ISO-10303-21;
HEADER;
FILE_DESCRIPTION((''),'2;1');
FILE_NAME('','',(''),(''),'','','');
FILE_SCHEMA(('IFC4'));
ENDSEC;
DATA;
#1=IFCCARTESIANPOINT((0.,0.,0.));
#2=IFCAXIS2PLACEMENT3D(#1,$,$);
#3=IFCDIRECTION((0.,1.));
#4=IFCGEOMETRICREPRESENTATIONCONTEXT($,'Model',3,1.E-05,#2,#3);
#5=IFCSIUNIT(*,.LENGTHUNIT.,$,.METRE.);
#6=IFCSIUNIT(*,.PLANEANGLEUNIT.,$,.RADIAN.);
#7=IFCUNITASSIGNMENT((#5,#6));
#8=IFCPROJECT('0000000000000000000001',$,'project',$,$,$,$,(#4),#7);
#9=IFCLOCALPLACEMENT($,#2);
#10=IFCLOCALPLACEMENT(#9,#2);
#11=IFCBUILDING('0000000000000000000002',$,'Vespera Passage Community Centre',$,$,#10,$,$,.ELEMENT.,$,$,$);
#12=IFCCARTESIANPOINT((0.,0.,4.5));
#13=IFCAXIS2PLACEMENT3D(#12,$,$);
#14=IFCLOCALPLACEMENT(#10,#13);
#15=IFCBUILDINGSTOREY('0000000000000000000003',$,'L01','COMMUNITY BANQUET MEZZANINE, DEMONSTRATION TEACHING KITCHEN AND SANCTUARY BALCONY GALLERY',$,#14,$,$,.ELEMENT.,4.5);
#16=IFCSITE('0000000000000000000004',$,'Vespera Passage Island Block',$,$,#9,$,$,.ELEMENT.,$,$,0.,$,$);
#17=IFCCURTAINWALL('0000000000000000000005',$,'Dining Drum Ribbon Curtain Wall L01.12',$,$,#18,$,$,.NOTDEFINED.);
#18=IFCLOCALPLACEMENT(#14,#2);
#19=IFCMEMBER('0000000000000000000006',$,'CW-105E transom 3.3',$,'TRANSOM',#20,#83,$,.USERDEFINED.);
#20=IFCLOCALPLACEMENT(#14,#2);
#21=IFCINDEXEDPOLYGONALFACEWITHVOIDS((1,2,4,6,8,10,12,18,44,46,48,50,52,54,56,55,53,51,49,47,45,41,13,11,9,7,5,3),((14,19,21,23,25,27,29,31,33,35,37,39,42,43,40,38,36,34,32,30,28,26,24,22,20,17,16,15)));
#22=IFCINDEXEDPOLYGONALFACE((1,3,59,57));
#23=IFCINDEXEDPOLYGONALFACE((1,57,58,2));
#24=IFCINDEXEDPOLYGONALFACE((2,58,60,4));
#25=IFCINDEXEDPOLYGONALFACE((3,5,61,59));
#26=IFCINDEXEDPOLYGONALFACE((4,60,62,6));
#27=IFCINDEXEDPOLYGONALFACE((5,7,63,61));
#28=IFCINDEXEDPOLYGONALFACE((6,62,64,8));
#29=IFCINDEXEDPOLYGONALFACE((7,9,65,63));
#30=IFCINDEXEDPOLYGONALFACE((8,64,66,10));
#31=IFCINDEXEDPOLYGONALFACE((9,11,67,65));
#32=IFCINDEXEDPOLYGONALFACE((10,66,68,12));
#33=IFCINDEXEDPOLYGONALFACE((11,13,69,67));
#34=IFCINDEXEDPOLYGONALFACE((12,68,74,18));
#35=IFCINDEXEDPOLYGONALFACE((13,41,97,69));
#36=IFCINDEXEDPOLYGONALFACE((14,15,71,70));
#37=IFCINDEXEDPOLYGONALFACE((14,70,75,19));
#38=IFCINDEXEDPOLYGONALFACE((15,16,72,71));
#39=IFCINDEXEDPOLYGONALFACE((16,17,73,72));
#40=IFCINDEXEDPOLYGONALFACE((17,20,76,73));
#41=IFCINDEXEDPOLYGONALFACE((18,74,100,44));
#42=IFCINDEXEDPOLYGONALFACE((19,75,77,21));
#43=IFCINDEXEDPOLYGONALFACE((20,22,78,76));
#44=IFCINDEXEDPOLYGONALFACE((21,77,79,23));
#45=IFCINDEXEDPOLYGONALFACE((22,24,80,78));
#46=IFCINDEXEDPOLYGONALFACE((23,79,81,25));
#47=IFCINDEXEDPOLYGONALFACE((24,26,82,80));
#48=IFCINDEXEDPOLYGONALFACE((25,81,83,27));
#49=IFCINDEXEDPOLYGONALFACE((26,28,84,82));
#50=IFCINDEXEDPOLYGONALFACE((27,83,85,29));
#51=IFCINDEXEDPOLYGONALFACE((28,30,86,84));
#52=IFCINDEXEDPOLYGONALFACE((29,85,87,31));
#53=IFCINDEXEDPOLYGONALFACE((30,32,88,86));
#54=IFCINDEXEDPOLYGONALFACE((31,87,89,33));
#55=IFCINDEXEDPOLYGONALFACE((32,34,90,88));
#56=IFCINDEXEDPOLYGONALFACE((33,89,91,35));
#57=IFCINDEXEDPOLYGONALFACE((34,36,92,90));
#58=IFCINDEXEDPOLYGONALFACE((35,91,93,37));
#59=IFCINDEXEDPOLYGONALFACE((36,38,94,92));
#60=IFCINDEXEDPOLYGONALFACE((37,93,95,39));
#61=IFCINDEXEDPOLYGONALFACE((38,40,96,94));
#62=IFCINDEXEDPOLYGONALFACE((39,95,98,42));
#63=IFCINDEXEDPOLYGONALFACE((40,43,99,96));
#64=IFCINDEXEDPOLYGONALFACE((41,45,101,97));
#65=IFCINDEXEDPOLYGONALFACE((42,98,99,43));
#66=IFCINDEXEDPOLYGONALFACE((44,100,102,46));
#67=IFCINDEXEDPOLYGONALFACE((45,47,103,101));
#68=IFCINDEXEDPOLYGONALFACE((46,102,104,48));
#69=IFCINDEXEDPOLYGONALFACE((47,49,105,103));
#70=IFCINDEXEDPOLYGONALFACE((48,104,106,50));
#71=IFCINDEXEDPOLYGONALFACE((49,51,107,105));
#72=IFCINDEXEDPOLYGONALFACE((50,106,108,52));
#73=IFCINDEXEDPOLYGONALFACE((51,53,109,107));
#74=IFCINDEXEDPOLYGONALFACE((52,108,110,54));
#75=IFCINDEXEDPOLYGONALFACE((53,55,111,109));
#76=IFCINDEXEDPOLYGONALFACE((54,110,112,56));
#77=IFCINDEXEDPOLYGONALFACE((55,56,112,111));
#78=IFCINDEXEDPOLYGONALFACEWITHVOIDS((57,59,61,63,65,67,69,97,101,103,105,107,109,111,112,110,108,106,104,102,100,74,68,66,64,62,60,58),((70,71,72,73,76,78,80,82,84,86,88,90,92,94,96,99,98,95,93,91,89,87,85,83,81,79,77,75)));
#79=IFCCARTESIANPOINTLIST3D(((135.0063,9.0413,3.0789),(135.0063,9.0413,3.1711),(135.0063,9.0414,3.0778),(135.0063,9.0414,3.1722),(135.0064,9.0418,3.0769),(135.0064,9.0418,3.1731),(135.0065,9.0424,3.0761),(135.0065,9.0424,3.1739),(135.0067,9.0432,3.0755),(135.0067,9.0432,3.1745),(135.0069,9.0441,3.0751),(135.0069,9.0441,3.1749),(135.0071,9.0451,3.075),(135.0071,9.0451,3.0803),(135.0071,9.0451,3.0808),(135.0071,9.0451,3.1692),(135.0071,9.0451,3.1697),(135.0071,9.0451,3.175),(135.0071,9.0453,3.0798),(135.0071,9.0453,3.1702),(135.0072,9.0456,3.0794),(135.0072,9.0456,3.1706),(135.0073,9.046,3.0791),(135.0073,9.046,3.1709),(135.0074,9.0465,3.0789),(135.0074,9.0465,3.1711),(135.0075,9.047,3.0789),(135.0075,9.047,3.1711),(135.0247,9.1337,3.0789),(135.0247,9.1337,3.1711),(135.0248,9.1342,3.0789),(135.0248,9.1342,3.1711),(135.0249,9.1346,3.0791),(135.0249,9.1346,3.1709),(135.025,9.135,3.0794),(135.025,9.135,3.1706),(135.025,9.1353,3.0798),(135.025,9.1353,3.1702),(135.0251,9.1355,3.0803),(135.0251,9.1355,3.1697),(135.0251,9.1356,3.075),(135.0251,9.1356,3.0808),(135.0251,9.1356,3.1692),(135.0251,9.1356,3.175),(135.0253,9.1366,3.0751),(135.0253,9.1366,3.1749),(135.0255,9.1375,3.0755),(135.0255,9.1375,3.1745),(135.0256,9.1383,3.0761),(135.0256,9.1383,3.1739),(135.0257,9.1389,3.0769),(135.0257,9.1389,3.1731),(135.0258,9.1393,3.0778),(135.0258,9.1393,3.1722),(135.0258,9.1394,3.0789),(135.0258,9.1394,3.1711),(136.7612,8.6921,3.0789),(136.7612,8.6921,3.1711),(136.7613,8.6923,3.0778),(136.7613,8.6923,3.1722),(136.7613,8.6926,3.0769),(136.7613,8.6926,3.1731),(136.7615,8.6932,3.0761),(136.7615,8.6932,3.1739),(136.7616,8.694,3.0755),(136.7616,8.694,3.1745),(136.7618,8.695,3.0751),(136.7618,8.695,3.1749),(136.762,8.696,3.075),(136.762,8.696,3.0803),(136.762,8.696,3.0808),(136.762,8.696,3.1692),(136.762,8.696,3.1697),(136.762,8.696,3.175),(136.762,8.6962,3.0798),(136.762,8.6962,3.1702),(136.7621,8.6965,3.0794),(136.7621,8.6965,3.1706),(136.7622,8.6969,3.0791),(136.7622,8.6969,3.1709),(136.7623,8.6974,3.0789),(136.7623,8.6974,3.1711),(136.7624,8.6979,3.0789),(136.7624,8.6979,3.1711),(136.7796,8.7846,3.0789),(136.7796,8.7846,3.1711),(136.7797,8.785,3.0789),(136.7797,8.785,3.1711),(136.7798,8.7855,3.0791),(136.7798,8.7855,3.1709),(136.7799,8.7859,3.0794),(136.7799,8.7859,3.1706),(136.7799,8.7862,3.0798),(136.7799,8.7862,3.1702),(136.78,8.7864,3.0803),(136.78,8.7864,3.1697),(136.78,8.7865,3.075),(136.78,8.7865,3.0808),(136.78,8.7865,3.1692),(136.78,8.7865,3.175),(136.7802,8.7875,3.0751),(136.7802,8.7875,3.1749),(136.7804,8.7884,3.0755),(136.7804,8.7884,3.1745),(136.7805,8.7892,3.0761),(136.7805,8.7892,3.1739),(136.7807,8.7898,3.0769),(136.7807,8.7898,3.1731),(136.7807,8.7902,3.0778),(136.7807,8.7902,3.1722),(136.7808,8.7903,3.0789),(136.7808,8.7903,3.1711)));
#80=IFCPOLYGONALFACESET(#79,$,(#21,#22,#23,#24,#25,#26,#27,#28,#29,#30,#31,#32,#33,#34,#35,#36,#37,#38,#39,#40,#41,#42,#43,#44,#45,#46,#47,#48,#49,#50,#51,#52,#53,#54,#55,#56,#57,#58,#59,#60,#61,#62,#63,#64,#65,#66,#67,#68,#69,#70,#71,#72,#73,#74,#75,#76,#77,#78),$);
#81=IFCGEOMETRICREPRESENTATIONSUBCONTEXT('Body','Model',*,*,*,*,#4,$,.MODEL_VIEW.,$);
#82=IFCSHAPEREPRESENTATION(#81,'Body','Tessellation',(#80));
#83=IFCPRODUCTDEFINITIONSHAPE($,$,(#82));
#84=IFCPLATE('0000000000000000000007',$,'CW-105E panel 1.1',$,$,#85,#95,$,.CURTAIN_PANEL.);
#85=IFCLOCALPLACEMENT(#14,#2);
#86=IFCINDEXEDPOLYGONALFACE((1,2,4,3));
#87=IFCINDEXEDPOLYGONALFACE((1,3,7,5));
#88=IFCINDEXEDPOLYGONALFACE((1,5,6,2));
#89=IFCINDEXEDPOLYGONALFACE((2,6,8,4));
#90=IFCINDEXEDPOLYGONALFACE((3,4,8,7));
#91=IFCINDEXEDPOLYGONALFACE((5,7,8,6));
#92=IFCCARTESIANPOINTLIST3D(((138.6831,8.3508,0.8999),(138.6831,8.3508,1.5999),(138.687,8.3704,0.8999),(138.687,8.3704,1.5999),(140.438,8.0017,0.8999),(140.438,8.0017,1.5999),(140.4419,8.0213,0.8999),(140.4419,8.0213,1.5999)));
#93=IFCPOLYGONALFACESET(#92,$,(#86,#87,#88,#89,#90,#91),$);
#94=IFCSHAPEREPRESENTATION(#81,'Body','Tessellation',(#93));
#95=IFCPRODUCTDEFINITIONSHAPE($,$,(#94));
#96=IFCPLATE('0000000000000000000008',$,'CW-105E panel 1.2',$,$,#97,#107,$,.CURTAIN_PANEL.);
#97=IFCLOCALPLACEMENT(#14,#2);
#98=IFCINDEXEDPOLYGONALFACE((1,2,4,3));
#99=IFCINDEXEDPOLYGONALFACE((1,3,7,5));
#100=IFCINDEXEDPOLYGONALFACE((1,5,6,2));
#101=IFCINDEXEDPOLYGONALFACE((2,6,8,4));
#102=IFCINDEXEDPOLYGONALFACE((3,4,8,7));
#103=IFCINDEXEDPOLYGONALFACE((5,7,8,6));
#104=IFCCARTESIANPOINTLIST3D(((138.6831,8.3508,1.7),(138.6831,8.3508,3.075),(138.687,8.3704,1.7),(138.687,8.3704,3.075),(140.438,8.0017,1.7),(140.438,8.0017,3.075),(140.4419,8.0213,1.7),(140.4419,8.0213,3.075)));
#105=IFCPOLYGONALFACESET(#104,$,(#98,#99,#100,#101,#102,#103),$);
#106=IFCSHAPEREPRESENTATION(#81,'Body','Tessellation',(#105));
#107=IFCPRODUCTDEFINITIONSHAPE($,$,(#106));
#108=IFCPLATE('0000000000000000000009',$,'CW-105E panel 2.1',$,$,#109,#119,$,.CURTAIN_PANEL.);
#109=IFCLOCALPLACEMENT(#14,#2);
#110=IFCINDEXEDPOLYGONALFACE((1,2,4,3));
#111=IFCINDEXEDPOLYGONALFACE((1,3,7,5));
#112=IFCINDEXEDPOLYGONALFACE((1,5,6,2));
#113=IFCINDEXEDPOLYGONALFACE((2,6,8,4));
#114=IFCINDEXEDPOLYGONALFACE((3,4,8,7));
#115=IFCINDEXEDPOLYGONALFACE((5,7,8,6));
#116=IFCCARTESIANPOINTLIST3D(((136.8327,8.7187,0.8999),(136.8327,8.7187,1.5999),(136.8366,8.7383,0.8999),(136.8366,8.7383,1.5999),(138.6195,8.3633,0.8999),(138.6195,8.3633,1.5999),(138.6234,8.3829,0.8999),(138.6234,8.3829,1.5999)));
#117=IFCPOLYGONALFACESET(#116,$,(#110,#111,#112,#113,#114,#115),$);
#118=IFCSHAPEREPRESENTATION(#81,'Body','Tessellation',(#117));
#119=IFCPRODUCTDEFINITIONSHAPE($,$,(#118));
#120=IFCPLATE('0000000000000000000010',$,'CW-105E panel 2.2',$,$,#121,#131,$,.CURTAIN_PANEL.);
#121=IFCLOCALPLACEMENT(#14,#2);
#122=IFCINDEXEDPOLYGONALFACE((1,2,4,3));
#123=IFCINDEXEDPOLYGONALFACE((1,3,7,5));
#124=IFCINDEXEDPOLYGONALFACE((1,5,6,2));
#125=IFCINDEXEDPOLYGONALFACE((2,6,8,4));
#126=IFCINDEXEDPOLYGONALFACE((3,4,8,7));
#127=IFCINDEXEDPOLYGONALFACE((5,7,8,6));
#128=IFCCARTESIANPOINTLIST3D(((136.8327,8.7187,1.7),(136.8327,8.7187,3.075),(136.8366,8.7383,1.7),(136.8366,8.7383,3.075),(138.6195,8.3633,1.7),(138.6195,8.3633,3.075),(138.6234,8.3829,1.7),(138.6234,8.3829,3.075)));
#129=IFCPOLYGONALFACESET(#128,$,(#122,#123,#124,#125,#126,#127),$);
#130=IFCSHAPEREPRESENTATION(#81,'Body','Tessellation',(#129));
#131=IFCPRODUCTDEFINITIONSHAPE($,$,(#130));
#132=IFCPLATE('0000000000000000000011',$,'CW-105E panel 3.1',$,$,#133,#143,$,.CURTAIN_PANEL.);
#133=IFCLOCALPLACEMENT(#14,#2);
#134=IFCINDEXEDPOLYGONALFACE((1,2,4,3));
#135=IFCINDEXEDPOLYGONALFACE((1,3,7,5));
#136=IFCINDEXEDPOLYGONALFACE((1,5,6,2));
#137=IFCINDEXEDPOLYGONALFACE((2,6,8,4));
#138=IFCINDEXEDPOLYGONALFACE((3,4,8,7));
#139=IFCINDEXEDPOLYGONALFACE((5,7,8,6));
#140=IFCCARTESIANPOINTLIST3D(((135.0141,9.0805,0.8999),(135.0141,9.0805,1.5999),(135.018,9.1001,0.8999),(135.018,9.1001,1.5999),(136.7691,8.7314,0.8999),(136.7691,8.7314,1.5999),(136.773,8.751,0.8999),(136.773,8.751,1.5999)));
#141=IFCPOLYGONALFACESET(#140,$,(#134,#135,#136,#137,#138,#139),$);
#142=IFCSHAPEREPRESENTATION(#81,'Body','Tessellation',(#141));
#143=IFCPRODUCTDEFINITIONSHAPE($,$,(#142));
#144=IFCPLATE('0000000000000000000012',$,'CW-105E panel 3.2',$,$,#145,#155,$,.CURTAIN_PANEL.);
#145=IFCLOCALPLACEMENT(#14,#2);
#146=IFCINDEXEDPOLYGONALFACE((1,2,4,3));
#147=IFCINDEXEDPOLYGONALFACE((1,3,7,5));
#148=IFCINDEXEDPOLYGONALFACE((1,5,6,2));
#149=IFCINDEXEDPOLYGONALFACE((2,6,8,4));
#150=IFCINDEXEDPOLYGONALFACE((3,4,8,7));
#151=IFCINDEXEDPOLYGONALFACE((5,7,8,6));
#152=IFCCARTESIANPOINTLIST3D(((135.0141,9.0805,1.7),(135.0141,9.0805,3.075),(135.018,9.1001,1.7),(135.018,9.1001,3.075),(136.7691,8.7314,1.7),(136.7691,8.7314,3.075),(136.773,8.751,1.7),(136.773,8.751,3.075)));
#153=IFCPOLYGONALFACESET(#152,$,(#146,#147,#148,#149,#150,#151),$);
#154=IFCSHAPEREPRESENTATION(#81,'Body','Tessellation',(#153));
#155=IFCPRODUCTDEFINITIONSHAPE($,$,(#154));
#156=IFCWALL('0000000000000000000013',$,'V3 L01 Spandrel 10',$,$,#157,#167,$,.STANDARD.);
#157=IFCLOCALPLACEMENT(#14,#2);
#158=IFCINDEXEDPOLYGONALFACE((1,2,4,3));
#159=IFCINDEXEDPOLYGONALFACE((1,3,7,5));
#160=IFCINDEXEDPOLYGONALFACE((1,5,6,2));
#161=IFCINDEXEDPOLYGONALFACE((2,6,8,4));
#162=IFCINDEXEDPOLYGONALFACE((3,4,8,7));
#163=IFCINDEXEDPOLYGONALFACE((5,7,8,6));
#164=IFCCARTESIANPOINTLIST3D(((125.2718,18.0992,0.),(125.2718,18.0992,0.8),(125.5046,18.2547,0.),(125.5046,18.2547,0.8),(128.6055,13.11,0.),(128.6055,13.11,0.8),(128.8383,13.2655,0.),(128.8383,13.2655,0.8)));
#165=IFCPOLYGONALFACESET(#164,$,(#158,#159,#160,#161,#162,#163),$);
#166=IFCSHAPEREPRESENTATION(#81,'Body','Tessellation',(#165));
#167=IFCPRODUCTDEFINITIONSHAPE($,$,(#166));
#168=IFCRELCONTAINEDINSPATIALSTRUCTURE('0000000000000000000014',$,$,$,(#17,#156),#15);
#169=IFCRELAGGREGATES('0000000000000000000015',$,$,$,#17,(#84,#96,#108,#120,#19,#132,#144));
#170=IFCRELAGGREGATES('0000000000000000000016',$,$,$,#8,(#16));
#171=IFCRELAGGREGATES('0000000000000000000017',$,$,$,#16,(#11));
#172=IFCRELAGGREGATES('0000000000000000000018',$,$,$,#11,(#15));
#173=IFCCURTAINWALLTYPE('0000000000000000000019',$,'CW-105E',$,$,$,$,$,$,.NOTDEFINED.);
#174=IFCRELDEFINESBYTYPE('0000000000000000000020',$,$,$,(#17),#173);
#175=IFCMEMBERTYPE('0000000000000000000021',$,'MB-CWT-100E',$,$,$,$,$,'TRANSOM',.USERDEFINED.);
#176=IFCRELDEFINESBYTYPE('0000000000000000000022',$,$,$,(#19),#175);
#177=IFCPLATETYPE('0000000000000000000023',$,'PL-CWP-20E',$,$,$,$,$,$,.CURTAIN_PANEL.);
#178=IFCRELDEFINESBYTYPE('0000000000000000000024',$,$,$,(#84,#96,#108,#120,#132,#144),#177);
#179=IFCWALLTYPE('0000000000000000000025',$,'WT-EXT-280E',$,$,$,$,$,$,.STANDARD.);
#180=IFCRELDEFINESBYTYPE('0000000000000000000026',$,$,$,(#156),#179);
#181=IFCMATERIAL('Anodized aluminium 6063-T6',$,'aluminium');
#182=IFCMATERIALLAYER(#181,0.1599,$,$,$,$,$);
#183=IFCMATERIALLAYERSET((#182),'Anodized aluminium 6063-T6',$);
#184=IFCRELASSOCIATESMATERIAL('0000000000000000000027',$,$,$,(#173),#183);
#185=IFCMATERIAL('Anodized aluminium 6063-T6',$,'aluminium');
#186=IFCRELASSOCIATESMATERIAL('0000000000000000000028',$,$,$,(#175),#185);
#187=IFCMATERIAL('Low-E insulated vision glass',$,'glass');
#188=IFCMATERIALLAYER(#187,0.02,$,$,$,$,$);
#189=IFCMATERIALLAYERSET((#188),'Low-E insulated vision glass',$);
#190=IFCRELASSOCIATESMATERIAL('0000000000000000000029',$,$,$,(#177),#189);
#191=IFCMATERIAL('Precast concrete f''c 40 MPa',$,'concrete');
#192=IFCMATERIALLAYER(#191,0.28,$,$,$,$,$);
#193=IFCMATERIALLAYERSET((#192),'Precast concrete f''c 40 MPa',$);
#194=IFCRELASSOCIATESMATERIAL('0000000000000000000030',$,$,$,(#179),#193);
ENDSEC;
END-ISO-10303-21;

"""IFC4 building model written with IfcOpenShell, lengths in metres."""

from ifc_helpers import new_model, si_unit, direction, frame, frame_2d, origin, origin_2d, place, context, subcontext, project, spatial, rectangle, hollow_rectangle, extrude, material, layer, layer_set, material_profile, profile_set, type_object, element, aggregate, save


model = new_model("IFC4")

# Units and contexts
model_context = context("Model", 3, precision=1e-05, world=origin(), true_north=direction((0.0, 1.0)))
body_context = subcontext(model_context, "Body", "Model", "MODEL_VIEW")
ifc_project = project(units=[si_unit("LENGTHUNIT", "METRE"), si_unit("PLANEANGLEUNIT", "RADIAN")], contexts=[model_context])

# Site, building, storey
site_placement = place(None, origin())
site = spatial("IfcSite", under=ifc_project, at=site_placement, Name="Vespera Passage Island Block", CompositionType="ELEMENT", RefElevation=0.0)
building_placement = place(site_placement, origin())
building = spatial("IfcBuilding", under=site, at=building_placement, Name="Vespera Passage Community Centre", CompositionType="ELEMENT")
storey_placement = place(building_placement, frame((0.0, 0.0, 4.5)))
storey = spatial("IfcBuildingStorey", under=building, at=storey_placement, Name="L01", Description="COMMUNITY BANQUET MEZZANINE, DEMONSTRATION TEACHING KITCHEN AND SANCTUARY BALCONY GALLERY", CompositionType="ELEMENT", Elevation=4.5)

# Curtain wall, member, plates
ifc_material_1 = material(Name="Anodized aluminium 6063-T6", Category="aluminium")
ifc_layer_1 = layer(ifc_material_1, 0.1599)
ifc_layer_set_1 = layer_set([ifc_layer_1], Name="Anodized aluminium 6063-T6")
curtain_wall_type = type_object("IfcCurtainWallType", Name="CW-105E", PredefinedType="NOTDEFINED", material=ifc_layer_set_1)
curtain_wall_placement = place(storey_placement, origin())
curtain_wall = element("IfcCurtainWall", 1, at=curtain_wall_placement, inside=storey, type_object=curtain_wall_type, Name="Dining Drum Ribbon Curtain Wall L01.12", PredefinedType="NOTDEFINED")
ifc_material_2 = material(Name="Anodized aluminium 6063-T6", Category="aluminium")
ifc_material_profile_1 = material_profile(ifc_material_2, hollow_rectangle(XDim=0.1001, YDim=0.1001, WallThickness=0.0039, InnerFilletRadius=0.002, OuterFilletRadius=0.0039, at=origin_2d()), Name="ALU100X100X4")
ifc_profile_set_1 = profile_set([ifc_material_profile_1], Name="Anodized aluminium 6063-T6")
member_type_1 = type_object("IfcMemberType", Name="MB-CWT-100E", ElementType="TRANSOM", PredefinedType="USERDEFINED", material=ifc_profile_set_1)
member_1_placement = place(storey_placement, frame((136.771, 8.7412, 3.125), z_axis=(-0.98078, 0.195119, 0.0), x_axis=(-0.195119, -0.98078, 0.0)))
member_1 = element("IfcMember", 2, at=member_1_placement, type_object=member_type_1, Name="CW-105E transom 3.3", ObjectType="TRANSOM", PredefinedType="USERDEFINED", context=body_context, shape_type="SweptSolid", body=[
    extrude(hollow_rectangle(XDim=0.1001, YDim=0.1001, WallThickness=0.0039, InnerFilletRadius=0.002, OuterFilletRadius=0.0039, at=origin_2d()), origin(), (0.0, 0.0, 1.0), 1.7893),
])
ifc_material_3 = material(Name="Low-E insulated vision glass", Category="glass")
ifc_layer_2 = layer(ifc_material_3, 0.02)
ifc_layer_set_2 = layer_set([ifc_layer_2], Name="Low-E insulated vision glass")
plate_type = type_object("IfcPlateType", Name="PL-CWP-20E", PredefinedType="CURTAIN_PANEL", material=ifc_layer_set_2)
plate_1_placement = place(storey_placement, frame((139.5625, 8.186, 0.8999), z_axis=(0.0, 0.0, 1.0), x_axis=(-0.980784, 0.195097, 0.0)))
plate_1 = element("IfcPlate", 3, at=plate_1_placement, type_object=plate_type, Name="CW-105E panel 1.1", PredefinedType="CURTAIN_PANEL", context=body_context, shape_type="SweptSolid", body=[
    extrude(rectangle(XDim=1.7893, YDim=0.02, at=origin_2d()), origin(), (0.0, 0.0, 1.0), 0.7),
])
plate_2_placement = place(storey_placement, frame((139.5625, 8.186, 1.7), z_axis=(0.0, 0.0, 1.0), x_axis=(-0.980784, 0.195097, 0.0)))
plate_2 = element("IfcPlate", 4, at=plate_2_placement, type_object=plate_type, Name="CW-105E panel 1.2", PredefinedType="CURTAIN_PANEL", context=body_context, shape_type="SweptSolid", body=[
    extrude(rectangle(XDim=1.7893, YDim=0.02, at=origin_2d()), origin(), (0.0, 0.0, 1.0), 1.375),
])
plate_3_placement = place(storey_placement, frame((137.728, 8.5508, 0.8999), z_axis=(0.0, 0.0, 1.0), x_axis=(-0.980784, 0.195097, 0.0)))
plate_3 = element("IfcPlate", 5, at=plate_3_placement, type_object=plate_type, Name="CW-105E panel 2.1", PredefinedType="CURTAIN_PANEL", context=body_context, shape_type="SweptSolid", body=[
    extrude(rectangle(XDim=1.8218, YDim=0.02, at=origin_2d()), origin(), (0.0, 0.0, 1.0), 0.7),
])
plate_4_placement = place(storey_placement, frame((137.728, 8.5508, 1.7), z_axis=(0.0, 0.0, 1.0), x_axis=(-0.980784, 0.195097, 0.0)))
plate_4 = element("IfcPlate", 6, at=plate_4_placement, type_object=plate_type, Name="CW-105E panel 2.2", PredefinedType="CURTAIN_PANEL", context=body_context, shape_type="SweptSolid", body=[
    extrude(rectangle(XDim=1.8218, YDim=0.02, at=origin_2d()), origin(), (0.0, 0.0, 1.0), 1.375),
])
plate_5_placement = place(storey_placement, frame((135.8936, 8.9158, 0.8999), z_axis=(0.0, 0.0, 1.0), x_axis=(-0.980784, 0.195097, 0.0)))
plate_5 = element("IfcPlate", 7, at=plate_5_placement, type_object=plate_type, Name="CW-105E panel 3.1", PredefinedType="CURTAIN_PANEL", context=body_context, shape_type="SweptSolid", body=[
    extrude(rectangle(XDim=1.7893, YDim=0.02, at=origin_2d()), origin(), (0.0, 0.0, 1.0), 0.7),
])
plate_6_placement = place(storey_placement, frame((135.8936, 8.9158, 1.7), z_axis=(0.0, 0.0, 1.0), x_axis=(-0.980784, 0.195097, 0.0)))
plate_6 = element("IfcPlate", 8, at=plate_6_placement, type_object=plate_type, Name="CW-105E panel 3.2", PredefinedType="CURTAIN_PANEL", context=body_context, shape_type="SweptSolid", body=[
    extrude(rectangle(XDim=1.7893, YDim=0.02, at=origin_2d()), origin(), (0.0, 0.0, 1.0), 1.375),
])
aggregate(curtain_wall, [plate_1, plate_2, plate_3, plate_4, member_1, plate_5, plate_6])

# Wall
ifc_material_4 = material(Name="Precast concrete f'c 40 MPa", Category="concrete")
ifc_layer_3 = layer(ifc_material_4, 0.28)
ifc_layer_set_3 = layer_set([ifc_layer_3], Name="Precast concrete f'c 40 MPa")
wall_type = type_object("IfcWallType", Name="WT-EXT-280E", PredefinedType="STANDARD", material=ifc_layer_set_3)
wall_1_placement = place(storey_placement, frame((128.7219, 13.1877, 0.0), z_axis=(0.0, 0.0, 1.0), x_axis=(-0.555573, 0.831468, 0.0)))
element("IfcWall", 9, at=wall_1_placement, inside=storey, type_object=wall_type, Name="V3 L01 Spandrel 10", PredefinedType="STANDARD", context=body_context, shape_type="SweptSolid", body=[
    extrude(rectangle(XDim=6.0005, YDim=0.28, at=frame_2d((3.0002, 0.0))), origin(), (0.0, 0.0, 1.0), 0.8),
])

save(model, "model.ifc")
